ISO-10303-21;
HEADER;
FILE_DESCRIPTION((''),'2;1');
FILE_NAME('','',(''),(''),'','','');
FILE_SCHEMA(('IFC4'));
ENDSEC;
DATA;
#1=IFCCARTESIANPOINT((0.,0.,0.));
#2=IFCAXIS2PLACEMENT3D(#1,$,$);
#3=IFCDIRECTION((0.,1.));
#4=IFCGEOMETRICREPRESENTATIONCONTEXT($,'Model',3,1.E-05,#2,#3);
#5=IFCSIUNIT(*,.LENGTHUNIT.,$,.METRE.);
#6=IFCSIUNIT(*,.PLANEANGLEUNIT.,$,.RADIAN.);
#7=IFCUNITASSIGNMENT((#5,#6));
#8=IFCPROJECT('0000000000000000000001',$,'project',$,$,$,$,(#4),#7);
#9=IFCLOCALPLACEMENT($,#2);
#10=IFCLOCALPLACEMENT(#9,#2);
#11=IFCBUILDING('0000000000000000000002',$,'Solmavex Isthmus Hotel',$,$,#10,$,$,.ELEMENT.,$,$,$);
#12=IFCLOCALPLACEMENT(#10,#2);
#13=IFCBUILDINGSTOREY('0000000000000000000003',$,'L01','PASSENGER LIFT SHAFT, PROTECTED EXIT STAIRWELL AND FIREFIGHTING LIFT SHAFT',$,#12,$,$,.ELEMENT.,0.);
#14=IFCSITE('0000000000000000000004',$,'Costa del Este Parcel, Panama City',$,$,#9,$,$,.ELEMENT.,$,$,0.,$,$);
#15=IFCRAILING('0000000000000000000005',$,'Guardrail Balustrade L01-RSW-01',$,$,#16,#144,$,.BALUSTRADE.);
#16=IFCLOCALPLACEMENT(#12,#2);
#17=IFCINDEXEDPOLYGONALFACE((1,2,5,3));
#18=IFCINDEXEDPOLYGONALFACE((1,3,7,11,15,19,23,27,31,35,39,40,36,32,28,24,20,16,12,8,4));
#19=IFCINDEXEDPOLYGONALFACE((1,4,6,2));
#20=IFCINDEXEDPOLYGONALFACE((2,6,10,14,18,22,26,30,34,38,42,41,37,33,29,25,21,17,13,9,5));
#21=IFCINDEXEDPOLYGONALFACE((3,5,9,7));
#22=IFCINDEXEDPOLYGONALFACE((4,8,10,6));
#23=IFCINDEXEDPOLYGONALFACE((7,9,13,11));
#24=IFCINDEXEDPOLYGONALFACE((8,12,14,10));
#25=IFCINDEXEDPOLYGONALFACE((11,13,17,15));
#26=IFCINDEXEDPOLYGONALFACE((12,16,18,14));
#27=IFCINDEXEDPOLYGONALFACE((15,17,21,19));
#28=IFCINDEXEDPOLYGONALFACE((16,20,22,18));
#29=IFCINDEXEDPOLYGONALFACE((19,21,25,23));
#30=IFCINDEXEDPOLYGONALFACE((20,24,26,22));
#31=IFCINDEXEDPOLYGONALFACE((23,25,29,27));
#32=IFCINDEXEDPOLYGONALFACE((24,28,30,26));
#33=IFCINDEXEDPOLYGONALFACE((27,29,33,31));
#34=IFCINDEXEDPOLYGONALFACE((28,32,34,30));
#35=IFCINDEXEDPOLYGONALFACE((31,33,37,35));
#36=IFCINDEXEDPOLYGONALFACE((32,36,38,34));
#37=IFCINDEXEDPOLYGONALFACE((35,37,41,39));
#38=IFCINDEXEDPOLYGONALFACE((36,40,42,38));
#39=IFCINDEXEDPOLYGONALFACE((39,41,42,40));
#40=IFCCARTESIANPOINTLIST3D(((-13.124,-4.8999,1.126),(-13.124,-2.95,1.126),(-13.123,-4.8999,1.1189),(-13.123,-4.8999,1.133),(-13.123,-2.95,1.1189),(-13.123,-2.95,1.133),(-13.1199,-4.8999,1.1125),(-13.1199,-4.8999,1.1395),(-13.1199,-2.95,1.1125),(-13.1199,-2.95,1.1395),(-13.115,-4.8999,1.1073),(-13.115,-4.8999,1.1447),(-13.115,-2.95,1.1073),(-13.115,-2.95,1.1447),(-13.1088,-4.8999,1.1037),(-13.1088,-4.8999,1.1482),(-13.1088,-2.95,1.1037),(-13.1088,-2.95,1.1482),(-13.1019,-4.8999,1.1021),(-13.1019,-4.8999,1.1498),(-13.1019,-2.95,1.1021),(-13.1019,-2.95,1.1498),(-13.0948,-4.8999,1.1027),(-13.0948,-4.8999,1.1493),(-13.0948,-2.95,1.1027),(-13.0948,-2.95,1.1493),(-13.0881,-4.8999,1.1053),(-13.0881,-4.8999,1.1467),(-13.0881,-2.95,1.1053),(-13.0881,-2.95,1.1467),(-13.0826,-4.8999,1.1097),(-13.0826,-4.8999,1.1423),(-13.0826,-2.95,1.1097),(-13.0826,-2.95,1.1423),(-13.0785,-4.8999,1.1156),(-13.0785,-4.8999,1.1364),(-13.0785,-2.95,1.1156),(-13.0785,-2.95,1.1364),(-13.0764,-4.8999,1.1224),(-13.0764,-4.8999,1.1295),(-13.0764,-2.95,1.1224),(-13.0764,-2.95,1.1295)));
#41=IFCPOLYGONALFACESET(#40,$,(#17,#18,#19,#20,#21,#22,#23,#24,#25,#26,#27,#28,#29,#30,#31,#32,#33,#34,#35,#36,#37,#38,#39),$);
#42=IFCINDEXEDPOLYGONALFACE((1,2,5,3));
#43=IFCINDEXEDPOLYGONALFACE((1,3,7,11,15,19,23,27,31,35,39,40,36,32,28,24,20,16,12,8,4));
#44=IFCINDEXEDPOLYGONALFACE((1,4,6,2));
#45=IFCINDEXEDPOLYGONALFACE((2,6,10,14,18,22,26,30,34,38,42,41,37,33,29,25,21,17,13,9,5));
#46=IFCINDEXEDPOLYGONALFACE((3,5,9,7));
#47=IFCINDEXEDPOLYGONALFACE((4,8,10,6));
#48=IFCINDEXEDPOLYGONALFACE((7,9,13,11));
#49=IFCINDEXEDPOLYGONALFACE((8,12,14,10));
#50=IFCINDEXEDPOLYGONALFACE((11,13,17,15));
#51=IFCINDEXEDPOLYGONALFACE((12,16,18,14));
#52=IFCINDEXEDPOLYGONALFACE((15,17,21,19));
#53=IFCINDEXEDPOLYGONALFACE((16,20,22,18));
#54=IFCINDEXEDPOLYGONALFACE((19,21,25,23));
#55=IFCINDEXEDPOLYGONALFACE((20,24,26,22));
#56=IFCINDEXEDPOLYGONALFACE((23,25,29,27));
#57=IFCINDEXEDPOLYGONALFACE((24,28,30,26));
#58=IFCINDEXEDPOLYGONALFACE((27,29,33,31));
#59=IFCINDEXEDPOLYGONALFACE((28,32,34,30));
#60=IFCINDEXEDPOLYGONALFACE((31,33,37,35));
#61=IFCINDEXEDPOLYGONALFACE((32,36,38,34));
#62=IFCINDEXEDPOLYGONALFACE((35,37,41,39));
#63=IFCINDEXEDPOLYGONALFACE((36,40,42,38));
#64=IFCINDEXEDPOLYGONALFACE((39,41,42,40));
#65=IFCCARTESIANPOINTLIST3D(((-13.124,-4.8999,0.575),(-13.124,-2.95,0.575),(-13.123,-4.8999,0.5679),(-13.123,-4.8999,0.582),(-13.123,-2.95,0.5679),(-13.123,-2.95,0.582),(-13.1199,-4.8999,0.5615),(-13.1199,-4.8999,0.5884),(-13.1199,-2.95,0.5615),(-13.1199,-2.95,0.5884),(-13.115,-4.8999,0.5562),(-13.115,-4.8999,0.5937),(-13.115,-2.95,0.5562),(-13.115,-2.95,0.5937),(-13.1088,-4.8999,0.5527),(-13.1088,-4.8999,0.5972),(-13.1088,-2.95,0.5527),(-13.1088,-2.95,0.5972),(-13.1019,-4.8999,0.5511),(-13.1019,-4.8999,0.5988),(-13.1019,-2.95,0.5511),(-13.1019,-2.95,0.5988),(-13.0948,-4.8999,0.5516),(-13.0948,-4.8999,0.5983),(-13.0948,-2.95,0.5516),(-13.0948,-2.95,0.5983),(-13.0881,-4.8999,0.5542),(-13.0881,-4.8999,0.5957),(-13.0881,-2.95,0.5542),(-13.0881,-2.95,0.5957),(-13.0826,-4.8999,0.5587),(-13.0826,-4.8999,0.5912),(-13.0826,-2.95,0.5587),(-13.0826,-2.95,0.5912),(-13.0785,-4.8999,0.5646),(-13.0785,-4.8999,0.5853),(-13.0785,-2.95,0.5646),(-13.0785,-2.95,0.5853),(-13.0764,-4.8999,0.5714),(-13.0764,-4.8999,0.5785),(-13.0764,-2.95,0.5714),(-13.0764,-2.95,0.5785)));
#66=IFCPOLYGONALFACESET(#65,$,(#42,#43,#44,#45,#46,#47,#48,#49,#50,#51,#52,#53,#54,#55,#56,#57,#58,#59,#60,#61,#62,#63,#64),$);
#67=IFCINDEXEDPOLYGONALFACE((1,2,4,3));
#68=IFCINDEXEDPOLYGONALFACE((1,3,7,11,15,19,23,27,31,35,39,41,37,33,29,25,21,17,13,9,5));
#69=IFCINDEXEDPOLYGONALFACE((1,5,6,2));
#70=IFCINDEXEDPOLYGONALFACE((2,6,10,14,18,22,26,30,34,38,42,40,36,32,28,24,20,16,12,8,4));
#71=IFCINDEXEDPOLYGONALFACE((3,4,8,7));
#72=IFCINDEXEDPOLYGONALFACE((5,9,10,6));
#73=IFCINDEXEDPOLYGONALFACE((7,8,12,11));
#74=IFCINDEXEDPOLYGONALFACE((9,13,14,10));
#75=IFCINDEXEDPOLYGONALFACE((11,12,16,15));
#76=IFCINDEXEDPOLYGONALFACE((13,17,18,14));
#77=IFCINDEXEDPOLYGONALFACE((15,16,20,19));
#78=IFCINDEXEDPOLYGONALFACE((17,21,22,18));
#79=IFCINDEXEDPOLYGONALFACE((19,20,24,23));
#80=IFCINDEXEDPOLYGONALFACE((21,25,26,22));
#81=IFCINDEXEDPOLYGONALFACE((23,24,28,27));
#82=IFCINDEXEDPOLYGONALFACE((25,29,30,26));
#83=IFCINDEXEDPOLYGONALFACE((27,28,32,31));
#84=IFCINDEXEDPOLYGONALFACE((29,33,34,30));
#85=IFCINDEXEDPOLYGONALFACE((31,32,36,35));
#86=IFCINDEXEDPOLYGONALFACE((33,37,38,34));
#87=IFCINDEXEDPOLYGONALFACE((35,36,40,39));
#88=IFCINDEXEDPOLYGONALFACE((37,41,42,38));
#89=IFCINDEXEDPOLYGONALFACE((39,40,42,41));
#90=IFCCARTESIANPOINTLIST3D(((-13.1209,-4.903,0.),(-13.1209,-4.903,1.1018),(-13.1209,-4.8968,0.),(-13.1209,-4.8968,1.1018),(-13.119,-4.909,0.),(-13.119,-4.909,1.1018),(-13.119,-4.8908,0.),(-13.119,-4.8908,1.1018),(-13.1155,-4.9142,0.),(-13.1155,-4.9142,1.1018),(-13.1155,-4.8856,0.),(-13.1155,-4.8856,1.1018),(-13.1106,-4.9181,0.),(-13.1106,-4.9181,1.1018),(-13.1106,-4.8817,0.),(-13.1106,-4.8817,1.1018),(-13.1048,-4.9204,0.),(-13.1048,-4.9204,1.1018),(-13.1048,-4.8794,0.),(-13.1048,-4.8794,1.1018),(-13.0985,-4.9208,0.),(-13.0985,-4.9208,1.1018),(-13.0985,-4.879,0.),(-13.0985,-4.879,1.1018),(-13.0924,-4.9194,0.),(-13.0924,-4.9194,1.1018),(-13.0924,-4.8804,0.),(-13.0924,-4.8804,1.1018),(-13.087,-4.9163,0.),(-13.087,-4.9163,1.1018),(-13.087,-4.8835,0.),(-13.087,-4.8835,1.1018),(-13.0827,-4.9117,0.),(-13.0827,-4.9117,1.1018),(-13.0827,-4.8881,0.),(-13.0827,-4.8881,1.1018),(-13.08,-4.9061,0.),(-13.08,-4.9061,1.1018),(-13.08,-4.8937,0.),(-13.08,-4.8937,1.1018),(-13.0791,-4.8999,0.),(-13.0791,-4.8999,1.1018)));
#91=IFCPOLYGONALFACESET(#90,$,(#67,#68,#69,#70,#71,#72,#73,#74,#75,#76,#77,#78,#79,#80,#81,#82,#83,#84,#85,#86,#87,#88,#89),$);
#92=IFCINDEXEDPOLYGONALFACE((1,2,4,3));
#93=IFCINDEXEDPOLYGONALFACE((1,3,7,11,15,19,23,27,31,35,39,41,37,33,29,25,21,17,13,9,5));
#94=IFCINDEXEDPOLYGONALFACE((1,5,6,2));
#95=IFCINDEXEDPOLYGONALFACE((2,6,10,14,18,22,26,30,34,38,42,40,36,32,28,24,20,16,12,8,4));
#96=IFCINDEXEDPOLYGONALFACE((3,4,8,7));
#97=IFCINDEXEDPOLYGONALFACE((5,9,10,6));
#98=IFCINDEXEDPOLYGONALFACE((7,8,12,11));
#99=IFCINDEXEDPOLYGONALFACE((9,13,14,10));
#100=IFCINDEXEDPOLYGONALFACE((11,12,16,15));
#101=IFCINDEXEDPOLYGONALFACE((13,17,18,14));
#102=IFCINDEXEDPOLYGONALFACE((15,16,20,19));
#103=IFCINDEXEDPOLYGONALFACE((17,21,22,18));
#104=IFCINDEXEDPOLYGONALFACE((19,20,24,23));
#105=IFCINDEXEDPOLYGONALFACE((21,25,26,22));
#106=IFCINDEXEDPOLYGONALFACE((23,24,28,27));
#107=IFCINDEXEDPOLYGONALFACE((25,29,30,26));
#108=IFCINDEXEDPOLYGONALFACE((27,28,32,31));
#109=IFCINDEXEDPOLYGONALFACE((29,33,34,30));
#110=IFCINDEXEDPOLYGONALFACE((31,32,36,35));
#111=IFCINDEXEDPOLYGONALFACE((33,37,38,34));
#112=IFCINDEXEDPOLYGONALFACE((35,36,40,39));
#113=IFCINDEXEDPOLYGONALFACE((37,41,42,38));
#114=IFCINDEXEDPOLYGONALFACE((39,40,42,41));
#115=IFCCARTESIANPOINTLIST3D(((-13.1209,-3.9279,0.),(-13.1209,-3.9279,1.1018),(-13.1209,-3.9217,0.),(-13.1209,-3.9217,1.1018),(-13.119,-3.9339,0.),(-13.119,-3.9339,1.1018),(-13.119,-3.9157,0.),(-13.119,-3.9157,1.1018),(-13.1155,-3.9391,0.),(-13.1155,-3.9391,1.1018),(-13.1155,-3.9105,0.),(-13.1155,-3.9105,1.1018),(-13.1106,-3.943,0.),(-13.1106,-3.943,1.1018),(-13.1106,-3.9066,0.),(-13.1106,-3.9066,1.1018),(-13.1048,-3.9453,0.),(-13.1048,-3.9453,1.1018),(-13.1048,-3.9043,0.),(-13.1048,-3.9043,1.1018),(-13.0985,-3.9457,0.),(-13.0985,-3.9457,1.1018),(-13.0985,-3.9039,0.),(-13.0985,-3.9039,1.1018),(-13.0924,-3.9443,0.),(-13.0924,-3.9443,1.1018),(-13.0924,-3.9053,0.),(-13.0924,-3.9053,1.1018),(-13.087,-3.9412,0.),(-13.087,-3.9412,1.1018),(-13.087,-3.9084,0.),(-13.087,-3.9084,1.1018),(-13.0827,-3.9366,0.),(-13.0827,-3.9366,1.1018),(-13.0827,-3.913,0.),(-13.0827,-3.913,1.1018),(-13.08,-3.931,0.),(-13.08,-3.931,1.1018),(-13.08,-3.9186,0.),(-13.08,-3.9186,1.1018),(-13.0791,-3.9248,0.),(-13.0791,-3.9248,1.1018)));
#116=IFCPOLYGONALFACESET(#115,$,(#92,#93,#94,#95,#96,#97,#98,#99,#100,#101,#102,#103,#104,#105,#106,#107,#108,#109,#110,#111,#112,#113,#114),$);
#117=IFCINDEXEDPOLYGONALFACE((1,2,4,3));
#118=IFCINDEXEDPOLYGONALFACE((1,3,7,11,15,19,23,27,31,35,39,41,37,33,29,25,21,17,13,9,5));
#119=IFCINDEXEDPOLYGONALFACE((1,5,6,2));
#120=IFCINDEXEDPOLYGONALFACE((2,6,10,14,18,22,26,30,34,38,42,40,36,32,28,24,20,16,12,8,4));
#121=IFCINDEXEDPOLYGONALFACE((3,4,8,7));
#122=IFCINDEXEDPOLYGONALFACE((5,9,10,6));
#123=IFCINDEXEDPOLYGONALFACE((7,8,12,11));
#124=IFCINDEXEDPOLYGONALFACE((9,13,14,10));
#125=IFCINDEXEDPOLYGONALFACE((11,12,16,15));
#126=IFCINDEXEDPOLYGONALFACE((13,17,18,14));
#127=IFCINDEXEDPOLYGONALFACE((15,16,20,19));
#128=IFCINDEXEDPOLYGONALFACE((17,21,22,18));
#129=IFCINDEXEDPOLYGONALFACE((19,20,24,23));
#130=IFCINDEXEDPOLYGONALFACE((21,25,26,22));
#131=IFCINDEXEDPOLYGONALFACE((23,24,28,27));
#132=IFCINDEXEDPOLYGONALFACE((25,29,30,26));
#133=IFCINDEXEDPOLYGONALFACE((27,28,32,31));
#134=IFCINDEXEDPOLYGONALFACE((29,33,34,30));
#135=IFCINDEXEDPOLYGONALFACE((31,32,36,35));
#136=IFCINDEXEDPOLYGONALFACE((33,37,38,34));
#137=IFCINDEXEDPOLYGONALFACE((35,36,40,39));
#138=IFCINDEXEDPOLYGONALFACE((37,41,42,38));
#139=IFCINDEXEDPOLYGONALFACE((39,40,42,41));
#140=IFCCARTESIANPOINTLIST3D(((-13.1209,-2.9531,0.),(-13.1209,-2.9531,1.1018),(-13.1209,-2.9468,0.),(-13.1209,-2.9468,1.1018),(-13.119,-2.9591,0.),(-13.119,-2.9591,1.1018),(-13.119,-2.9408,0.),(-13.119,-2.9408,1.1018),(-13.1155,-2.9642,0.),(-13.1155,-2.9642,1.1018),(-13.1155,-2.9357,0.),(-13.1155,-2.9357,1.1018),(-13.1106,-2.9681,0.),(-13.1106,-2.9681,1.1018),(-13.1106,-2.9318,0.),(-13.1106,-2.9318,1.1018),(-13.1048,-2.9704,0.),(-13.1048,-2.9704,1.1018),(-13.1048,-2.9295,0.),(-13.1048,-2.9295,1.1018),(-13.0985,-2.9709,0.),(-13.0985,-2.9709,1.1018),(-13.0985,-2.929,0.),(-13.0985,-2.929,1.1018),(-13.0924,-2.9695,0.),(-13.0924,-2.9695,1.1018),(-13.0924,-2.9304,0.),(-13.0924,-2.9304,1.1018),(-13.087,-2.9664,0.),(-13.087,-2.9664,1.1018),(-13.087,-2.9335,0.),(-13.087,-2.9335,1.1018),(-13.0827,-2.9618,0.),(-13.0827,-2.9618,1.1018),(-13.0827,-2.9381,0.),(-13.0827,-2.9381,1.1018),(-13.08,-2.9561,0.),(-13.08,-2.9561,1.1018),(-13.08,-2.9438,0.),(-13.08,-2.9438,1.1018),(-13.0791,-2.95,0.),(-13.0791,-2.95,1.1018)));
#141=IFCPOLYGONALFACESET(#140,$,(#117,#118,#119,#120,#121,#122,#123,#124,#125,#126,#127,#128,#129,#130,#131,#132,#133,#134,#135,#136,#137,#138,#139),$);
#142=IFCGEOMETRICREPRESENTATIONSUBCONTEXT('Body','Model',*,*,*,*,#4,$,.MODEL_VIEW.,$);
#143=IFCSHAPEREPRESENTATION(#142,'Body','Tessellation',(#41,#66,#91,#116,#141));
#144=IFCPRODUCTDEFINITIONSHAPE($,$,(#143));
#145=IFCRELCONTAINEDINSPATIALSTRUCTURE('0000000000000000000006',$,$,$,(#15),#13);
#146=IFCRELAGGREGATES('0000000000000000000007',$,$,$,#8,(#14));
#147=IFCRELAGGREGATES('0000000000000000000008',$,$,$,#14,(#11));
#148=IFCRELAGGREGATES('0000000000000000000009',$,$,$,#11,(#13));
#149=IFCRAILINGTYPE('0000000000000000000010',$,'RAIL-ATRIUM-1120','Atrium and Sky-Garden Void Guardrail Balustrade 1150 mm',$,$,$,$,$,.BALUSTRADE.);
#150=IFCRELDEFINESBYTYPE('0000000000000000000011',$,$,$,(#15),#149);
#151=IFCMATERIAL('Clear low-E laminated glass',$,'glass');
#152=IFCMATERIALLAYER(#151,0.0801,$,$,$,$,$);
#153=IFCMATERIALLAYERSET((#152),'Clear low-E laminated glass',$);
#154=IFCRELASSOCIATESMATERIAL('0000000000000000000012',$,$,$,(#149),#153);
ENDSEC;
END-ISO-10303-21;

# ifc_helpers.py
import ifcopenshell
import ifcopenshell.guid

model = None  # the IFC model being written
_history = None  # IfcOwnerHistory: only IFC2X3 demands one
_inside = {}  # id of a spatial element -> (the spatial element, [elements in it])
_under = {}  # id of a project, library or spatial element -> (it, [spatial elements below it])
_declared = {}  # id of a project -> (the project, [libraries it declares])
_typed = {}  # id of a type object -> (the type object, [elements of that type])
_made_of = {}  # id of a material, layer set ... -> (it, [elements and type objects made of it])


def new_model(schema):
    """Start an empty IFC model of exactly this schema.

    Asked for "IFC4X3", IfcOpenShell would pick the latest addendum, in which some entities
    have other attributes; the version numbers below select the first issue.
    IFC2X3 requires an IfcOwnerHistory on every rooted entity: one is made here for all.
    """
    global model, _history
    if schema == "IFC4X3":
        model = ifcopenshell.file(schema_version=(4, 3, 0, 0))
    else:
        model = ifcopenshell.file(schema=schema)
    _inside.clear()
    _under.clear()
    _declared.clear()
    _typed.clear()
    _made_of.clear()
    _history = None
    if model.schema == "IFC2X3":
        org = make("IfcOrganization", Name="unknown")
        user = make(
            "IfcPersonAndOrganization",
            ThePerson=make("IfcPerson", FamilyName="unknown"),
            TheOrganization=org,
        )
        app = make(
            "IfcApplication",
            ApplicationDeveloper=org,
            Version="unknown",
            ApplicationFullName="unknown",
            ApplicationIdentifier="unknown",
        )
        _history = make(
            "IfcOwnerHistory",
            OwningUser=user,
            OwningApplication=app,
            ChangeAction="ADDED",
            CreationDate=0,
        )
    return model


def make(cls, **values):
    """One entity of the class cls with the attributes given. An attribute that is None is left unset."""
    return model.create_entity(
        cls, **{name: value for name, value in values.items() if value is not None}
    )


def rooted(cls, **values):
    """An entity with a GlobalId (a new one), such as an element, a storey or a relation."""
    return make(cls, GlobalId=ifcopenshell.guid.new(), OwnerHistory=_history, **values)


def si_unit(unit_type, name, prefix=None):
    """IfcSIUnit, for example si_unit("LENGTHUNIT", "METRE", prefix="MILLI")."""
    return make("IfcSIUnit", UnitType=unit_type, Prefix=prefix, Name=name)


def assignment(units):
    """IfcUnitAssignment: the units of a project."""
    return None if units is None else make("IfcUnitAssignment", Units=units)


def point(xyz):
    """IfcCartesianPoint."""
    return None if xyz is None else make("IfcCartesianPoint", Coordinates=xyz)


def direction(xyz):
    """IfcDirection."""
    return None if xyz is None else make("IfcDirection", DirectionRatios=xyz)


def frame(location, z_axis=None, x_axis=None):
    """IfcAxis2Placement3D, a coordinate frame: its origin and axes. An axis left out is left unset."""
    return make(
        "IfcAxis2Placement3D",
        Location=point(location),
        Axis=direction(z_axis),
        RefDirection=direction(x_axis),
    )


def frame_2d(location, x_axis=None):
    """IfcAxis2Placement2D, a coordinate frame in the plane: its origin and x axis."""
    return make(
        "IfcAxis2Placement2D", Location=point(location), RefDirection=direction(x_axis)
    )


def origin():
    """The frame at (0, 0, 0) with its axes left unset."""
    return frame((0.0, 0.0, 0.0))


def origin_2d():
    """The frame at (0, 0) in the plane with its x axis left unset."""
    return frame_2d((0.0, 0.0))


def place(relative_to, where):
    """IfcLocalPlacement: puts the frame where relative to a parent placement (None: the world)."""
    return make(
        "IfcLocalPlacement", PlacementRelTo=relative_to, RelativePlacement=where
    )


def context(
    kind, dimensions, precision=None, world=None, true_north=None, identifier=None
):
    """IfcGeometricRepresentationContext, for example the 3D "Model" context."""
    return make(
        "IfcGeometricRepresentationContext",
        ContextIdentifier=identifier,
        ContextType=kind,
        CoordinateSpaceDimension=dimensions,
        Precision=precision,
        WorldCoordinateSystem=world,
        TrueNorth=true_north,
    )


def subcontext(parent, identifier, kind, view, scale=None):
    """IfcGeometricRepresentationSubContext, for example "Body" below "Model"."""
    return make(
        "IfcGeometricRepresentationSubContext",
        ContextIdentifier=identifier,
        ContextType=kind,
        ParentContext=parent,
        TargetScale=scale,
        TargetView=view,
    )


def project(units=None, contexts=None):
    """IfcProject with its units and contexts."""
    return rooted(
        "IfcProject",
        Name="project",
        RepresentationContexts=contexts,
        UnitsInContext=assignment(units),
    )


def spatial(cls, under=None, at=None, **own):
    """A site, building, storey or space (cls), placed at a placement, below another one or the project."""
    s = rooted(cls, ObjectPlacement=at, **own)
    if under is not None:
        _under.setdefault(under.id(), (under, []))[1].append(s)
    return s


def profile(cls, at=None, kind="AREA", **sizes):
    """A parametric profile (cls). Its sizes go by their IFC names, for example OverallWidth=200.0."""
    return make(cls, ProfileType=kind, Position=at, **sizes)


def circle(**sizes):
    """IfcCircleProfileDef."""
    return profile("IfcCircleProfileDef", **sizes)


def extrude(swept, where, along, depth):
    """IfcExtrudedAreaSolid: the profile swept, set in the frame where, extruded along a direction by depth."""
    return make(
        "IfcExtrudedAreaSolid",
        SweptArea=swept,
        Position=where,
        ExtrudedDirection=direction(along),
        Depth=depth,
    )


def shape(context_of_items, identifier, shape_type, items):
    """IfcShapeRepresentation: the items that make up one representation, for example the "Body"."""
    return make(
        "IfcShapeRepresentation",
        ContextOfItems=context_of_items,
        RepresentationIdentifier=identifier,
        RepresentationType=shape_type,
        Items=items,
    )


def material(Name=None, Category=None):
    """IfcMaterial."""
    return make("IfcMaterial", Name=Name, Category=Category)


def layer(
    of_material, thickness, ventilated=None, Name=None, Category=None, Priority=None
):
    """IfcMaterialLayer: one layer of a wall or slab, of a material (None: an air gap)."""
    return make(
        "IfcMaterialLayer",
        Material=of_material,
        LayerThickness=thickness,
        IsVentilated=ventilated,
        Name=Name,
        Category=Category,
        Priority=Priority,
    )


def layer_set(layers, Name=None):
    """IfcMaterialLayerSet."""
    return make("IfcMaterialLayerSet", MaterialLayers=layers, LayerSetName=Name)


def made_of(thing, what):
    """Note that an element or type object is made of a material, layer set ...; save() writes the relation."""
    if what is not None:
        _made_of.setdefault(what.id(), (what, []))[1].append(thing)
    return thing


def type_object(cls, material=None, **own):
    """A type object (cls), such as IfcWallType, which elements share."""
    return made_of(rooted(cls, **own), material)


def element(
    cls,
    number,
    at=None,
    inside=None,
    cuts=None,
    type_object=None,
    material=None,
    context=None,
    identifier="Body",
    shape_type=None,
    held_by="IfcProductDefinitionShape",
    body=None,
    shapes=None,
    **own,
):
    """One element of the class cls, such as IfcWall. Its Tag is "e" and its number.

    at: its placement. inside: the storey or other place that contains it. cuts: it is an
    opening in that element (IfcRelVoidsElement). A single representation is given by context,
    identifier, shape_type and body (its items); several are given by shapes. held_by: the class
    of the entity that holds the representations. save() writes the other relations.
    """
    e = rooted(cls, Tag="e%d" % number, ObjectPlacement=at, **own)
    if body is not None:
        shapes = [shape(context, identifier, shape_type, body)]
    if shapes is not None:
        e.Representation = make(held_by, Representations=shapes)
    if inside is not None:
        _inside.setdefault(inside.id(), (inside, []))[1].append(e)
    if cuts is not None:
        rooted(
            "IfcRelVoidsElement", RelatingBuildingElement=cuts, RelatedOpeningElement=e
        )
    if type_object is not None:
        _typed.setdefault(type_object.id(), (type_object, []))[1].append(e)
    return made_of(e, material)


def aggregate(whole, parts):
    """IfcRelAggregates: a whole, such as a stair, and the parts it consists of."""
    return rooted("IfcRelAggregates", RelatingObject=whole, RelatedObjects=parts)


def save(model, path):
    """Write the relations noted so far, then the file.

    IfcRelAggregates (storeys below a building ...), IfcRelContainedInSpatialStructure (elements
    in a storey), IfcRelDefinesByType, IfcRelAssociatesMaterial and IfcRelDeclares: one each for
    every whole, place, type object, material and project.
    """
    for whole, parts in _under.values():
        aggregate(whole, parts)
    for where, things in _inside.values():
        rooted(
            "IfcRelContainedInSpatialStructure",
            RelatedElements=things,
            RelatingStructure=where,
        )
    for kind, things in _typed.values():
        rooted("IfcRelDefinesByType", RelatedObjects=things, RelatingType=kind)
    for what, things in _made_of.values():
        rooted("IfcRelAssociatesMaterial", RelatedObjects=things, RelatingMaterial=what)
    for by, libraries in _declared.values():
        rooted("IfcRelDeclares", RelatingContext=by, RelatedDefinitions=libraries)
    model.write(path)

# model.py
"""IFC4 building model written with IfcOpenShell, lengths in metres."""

from ifc_helpers import new_model, si_unit, direction, frame, origin, origin_2d, place, context, subcontext, project, spatial, circle, extrude, material, layer, layer_set, type_object, element, save


model = new_model("IFC4")

# Units and contexts
model_context = context("Model", 3, precision=1e-05, world=origin(), true_north=direction((0.0, 1.0)))
body_context = subcontext(model_context, "Body", "Model", "MODEL_VIEW")
ifc_project = project(units=[si_unit("LENGTHUNIT", "METRE"), si_unit("PLANEANGLEUNIT", "RADIAN")], contexts=[model_context])

# Site, building, storey
site_placement = place(None, origin())
site = spatial("IfcSite", under=ifc_project, at=site_placement, Name="Costa del Este Parcel, Panama City", CompositionType="ELEMENT", RefElevation=0.0)
building_placement = place(site_placement, origin())
building = spatial("IfcBuilding", under=site, at=building_placement, Name="Solmavex Isthmus Hotel", CompositionType="ELEMENT")
storey_placement = place(building_placement, origin())
storey = spatial("IfcBuildingStorey", under=building, at=storey_placement, Name="L01", Description="PASSENGER LIFT SHAFT, PROTECTED EXIT STAIRWELL AND FIREFIGHTING LIFT SHAFT", CompositionType="ELEMENT", Elevation=0.0)

# Railing
ifc_material_1 = material(Name="Clear low-E laminated glass", Category="glass")
ifc_layer_1 = layer(ifc_material_1, 0.0801)
ifc_layer_set_1 = layer_set([ifc_layer_1], Name="Clear low-E laminated glass")
railing_type_1 = type_object("IfcRailingType", Name="RAIL-ATRIUM-1120", Description="Atrium and Sky-Garden Void Guardrail Balustrade 1150 mm", PredefinedType="BALUSTRADE", material=ifc_layer_set_1)
railing_1_placement = place(storey_placement, frame((-13.1001, -4.8999, 0.0)))
element("IfcRailing", 1, at=railing_1_placement, inside=storey, type_object=railing_type_1, Name="Guardrail Balustrade L01-RSW-01", PredefinedType="BALUSTRADE", context=body_context, shape_type="SweptSolid", body=[
    extrude(circle(Radius=0.0239, at=origin_2d()), frame((0.0, 0.0, 1.126), z_axis=(0.0, 1.0, 0.0), x_axis=(-1.0, 0.0, 0.0)), (0.0, 0.0, 1.0), 1.95),
    extrude(circle(Radius=0.0239, at=origin_2d()), frame((0.0, 0.0, 0.575), z_axis=(0.0, 1.0, 0.0), x_axis=(-1.0, 0.0, 0.0)), (0.0, 0.0, 1.0), 1.95),
    extrude(circle(Radius=0.021, at=origin_2d()), origin(), (0.0, 0.0, 1.0), 1.1018),
    extrude(circle(Radius=0.021, at=origin_2d()), frame((0.0, 0.9751, 0.0)), (0.0, 0.0, 1.0), 1.1018),
    extrude(circle(Radius=0.021, at=origin_2d()), frame((0.0, 1.95, 0.0)), (0.0, 0.0, 1.0), 1.1018),
])

save(model, "model.ifc")
